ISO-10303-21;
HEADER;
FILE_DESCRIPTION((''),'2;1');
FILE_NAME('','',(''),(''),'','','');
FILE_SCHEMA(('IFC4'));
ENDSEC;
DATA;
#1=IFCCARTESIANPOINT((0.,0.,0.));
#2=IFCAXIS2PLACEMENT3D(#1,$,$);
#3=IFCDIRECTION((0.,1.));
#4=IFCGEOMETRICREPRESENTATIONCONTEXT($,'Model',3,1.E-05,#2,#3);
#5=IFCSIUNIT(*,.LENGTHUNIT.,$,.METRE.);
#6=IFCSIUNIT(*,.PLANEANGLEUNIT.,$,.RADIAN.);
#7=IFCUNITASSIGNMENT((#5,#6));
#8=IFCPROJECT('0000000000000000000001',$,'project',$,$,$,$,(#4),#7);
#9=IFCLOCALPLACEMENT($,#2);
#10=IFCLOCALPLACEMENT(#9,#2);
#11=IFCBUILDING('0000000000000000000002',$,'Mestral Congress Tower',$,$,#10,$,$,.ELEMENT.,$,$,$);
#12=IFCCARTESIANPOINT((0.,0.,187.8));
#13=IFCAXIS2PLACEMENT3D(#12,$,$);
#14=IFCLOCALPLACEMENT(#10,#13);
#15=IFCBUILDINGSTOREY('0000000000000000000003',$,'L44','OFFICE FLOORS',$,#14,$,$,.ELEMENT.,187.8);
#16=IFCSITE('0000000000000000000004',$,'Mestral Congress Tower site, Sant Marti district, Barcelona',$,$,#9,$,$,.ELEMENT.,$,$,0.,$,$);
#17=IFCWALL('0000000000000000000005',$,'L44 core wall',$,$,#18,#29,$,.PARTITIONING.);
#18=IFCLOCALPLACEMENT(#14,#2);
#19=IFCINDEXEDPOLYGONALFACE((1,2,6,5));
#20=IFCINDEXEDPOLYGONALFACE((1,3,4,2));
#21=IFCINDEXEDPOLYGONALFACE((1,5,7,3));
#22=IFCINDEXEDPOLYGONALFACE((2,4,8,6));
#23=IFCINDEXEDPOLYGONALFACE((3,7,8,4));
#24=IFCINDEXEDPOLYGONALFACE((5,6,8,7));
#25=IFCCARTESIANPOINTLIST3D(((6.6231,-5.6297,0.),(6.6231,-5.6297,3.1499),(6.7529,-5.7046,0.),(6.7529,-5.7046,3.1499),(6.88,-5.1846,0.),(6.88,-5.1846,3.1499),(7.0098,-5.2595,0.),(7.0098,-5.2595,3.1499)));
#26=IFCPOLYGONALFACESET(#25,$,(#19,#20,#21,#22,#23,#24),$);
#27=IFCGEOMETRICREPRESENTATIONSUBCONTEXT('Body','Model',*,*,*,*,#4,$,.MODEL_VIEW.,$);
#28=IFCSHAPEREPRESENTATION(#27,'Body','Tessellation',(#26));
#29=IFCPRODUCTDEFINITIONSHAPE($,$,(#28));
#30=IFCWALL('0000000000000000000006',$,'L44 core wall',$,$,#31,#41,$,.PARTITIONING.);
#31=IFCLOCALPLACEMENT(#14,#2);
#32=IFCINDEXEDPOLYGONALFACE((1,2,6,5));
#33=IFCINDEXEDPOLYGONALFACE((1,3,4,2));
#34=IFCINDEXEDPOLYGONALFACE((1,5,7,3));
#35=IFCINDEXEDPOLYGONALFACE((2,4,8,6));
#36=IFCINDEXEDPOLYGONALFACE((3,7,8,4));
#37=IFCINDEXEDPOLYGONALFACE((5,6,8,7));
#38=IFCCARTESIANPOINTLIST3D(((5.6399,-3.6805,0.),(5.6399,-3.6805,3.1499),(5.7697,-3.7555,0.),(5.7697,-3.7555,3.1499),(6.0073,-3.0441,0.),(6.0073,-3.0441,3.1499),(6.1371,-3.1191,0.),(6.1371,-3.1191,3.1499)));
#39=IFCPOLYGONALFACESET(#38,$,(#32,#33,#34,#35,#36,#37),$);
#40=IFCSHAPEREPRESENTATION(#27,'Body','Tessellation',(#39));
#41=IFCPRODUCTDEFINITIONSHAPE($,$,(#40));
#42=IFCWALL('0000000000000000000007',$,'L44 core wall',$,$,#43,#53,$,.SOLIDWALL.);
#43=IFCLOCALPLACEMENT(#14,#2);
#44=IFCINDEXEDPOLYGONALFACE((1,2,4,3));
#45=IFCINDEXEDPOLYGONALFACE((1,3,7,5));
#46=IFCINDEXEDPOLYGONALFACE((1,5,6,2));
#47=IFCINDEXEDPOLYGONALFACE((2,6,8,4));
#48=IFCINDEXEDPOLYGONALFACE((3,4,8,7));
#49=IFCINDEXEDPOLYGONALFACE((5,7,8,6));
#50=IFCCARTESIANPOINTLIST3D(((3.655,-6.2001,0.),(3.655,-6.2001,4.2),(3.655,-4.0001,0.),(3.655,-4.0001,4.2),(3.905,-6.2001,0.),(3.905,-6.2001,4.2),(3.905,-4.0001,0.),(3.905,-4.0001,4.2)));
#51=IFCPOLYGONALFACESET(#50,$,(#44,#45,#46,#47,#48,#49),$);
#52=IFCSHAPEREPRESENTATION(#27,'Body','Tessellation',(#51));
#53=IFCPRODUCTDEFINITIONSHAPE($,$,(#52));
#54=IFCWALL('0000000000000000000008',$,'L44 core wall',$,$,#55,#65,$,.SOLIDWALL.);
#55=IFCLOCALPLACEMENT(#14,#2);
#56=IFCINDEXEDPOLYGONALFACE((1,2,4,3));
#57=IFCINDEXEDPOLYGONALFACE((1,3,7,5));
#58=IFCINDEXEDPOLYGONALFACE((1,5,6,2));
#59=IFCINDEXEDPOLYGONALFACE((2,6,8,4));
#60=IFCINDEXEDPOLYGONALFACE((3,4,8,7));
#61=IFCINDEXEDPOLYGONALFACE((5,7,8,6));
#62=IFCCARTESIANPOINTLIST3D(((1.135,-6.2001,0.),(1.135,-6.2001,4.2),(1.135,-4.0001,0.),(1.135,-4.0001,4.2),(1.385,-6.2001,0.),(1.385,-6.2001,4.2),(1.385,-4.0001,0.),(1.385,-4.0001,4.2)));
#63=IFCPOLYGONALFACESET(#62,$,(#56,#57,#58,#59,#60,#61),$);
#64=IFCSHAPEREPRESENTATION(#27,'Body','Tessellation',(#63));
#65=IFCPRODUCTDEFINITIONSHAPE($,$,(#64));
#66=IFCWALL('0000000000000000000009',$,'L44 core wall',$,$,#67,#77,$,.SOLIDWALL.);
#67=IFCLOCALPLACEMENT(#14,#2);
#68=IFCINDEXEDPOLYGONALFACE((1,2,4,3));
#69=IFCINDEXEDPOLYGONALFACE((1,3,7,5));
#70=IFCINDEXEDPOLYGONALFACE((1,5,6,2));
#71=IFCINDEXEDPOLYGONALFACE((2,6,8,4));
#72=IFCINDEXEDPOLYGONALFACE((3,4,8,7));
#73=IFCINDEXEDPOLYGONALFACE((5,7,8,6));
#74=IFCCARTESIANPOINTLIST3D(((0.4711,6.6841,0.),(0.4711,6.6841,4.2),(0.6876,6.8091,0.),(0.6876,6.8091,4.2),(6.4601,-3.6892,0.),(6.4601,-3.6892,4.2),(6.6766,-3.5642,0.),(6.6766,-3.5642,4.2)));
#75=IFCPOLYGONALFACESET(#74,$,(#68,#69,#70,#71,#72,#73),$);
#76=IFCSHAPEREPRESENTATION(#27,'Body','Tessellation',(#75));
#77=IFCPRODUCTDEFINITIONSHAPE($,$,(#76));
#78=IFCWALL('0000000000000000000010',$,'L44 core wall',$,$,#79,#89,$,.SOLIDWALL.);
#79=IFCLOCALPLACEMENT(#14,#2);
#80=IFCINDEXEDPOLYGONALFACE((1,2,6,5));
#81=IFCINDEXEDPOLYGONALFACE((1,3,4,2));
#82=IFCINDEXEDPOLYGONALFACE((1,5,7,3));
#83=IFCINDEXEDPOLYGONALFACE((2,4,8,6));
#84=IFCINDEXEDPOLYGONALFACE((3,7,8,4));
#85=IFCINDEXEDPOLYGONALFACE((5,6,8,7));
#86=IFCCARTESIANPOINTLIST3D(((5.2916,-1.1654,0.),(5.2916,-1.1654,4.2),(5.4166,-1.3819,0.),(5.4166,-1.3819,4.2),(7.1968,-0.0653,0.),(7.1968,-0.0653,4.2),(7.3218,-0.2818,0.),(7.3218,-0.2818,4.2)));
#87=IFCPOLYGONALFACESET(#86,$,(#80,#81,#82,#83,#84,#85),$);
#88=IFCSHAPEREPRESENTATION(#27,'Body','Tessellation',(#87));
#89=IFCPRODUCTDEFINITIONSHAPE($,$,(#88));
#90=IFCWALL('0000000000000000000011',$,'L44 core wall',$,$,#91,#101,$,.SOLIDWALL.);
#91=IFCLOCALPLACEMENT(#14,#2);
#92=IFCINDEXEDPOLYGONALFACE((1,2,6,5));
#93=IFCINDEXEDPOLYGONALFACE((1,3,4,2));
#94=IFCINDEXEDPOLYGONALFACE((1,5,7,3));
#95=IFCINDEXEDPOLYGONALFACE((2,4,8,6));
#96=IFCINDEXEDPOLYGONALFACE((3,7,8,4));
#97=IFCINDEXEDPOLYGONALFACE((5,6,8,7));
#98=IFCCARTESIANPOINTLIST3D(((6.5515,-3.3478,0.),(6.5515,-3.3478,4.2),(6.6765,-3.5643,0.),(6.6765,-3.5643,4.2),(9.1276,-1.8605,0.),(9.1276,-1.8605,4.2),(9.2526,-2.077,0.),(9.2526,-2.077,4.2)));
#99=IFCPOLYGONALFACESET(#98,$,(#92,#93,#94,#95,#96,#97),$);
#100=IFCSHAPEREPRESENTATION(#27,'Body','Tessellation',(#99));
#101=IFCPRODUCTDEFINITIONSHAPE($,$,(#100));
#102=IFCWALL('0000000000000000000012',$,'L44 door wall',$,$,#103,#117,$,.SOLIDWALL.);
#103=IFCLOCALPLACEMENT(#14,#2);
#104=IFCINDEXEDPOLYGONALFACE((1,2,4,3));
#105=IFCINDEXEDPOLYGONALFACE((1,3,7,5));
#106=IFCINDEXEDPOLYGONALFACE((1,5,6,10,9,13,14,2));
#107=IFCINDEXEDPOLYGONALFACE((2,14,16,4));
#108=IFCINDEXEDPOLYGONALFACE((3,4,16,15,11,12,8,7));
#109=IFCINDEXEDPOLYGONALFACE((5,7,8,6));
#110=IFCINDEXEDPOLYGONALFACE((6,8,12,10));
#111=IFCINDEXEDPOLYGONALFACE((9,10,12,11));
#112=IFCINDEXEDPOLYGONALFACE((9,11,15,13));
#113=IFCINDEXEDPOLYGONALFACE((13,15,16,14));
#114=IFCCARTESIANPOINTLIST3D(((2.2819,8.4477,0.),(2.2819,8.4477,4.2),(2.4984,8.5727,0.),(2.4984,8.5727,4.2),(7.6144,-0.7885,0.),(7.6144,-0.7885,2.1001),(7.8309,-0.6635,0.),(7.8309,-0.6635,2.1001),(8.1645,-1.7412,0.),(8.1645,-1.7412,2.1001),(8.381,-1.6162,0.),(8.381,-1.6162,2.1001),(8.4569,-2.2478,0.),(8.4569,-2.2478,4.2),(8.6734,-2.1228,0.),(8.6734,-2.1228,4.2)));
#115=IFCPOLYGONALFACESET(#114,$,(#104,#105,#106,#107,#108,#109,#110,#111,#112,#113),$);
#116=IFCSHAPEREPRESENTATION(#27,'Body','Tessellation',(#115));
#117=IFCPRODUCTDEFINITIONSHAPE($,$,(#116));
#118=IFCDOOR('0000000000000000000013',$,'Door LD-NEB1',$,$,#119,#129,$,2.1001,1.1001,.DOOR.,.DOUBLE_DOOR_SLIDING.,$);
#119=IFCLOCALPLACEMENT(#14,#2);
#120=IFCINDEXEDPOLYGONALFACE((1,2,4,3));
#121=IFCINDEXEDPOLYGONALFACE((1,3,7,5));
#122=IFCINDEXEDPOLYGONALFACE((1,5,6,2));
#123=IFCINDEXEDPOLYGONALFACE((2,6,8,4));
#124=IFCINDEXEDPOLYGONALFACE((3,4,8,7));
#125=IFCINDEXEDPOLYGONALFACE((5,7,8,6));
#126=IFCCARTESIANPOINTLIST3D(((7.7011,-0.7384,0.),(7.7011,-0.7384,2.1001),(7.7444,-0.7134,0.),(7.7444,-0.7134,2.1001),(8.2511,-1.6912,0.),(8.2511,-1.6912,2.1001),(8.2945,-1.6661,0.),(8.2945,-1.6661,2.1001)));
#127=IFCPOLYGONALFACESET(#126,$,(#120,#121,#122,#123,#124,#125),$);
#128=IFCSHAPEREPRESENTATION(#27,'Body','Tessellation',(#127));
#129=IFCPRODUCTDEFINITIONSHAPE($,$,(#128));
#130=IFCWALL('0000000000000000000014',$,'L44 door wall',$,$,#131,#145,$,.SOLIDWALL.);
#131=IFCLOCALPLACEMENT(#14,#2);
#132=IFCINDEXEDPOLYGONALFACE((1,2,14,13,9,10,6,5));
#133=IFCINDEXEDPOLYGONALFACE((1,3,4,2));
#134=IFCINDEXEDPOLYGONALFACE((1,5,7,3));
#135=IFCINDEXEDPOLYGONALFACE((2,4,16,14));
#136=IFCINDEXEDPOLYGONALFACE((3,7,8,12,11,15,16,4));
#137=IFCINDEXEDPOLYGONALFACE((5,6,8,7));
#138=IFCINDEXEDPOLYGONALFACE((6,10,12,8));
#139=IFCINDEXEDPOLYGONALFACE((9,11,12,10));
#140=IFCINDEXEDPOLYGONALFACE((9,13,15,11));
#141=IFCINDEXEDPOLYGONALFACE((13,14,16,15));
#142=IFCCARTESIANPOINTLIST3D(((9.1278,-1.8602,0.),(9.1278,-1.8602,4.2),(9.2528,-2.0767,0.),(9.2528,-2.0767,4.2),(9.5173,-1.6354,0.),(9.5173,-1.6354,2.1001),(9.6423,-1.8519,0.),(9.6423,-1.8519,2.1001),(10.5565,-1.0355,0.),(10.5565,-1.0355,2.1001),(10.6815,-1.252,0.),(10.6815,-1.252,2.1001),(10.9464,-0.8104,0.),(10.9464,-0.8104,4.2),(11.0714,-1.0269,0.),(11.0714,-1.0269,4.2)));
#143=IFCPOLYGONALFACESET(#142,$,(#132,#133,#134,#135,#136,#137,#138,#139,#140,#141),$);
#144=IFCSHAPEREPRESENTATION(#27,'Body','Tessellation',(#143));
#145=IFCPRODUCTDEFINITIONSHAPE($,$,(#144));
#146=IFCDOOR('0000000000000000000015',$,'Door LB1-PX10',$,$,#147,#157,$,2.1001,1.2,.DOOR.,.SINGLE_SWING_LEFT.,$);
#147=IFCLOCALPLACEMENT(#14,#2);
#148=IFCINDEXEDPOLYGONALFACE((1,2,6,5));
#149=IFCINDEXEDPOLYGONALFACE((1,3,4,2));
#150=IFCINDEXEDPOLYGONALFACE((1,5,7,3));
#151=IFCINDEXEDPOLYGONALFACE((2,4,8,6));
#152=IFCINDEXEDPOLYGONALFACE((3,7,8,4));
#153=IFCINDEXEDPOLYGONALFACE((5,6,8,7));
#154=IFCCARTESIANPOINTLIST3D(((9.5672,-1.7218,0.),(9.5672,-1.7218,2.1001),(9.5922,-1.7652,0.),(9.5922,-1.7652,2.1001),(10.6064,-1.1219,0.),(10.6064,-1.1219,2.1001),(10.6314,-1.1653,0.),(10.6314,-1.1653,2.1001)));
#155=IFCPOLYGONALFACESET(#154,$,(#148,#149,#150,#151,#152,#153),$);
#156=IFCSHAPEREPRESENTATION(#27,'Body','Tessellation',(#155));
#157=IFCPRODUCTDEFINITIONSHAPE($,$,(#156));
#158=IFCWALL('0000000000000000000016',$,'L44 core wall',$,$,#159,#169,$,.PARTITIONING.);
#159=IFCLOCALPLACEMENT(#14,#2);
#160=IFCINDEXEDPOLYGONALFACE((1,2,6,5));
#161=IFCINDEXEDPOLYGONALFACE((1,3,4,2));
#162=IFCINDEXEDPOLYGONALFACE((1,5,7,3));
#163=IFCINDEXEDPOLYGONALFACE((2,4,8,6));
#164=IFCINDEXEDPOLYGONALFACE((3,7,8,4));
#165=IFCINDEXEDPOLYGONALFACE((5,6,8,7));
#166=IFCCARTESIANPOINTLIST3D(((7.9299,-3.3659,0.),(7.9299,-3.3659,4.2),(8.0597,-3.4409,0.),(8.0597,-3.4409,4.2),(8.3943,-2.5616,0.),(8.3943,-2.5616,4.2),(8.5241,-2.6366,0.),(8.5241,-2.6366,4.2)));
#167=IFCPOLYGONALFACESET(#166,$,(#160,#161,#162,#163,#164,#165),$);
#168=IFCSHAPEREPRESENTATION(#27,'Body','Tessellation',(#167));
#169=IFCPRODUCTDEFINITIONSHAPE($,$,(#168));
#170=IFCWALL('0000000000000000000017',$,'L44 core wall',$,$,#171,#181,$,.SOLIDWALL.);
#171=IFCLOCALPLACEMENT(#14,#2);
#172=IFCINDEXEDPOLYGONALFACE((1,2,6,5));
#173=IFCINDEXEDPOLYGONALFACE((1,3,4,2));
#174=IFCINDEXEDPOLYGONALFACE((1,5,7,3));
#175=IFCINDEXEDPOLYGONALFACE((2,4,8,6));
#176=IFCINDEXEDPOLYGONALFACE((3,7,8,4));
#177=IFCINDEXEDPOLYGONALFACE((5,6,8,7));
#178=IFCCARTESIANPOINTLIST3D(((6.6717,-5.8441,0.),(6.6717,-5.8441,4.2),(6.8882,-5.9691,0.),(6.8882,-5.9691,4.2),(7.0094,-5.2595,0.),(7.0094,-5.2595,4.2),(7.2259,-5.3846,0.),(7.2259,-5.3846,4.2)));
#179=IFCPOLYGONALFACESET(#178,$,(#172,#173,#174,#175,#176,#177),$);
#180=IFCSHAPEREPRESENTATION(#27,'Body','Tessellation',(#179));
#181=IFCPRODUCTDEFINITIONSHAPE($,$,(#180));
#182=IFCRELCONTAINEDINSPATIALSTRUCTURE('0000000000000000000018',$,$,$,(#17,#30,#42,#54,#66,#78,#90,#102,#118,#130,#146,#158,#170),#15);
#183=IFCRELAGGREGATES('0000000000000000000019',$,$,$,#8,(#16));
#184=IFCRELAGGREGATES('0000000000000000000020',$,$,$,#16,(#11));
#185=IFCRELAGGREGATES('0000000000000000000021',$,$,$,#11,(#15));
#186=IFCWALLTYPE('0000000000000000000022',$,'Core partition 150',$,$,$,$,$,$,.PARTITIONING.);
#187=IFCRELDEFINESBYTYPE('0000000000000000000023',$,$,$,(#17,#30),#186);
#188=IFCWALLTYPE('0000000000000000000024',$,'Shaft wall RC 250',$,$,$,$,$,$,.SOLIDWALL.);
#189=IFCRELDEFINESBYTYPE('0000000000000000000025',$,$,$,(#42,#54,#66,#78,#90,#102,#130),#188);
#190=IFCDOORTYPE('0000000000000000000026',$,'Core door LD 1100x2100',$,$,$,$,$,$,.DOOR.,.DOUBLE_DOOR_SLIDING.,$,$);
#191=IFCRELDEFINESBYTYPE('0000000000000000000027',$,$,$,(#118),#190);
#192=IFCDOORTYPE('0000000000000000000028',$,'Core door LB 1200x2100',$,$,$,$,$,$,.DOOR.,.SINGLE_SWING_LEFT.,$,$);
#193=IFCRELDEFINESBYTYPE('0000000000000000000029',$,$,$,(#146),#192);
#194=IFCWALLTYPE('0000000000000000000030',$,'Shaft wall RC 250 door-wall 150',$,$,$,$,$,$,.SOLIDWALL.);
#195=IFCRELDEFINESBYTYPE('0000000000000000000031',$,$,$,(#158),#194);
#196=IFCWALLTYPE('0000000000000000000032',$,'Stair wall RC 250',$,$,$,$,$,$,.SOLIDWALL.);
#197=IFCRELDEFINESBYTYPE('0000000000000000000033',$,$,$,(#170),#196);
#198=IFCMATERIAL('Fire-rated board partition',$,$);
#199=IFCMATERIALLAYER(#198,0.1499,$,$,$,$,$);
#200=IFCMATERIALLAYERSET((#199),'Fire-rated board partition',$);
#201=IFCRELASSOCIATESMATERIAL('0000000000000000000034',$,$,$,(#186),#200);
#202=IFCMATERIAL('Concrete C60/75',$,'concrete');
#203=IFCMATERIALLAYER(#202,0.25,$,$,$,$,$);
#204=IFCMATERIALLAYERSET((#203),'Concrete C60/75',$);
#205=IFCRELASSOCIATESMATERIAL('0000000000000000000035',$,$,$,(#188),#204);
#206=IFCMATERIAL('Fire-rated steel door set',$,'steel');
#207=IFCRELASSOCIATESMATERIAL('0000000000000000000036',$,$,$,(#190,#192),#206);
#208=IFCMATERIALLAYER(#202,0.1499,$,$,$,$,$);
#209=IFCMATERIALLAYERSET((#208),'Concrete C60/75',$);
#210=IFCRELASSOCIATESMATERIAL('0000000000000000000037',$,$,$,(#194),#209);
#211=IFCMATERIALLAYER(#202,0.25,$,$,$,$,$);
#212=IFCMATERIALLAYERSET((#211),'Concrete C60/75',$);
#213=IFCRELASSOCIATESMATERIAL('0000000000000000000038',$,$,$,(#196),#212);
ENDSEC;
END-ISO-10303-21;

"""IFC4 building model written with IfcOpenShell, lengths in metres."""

from ifc_helpers import new_model, si_unit, direction, frame, frame_2d, origin, place, context, subcontext, project, spatial, rectangle, extrude, material, layer, layer_set, type_object, element, fill, save


model = new_model("IFC4")

# Units and contexts
model_context = context("Model", 3, precision=1e-05, world=origin(), true_north=direction((0.0, 1.0)))
body_context = subcontext(model_context, "Body", "Model", "MODEL_VIEW")
ifc_project = project(units=[si_unit("LENGTHUNIT", "METRE"), si_unit("PLANEANGLEUNIT", "RADIAN")], contexts=[model_context])

# Site, building, storey
site_placement = place(None, origin())
site = spatial("IfcSite", under=ifc_project, at=site_placement, Name="Mestral Congress Tower site, Sant Marti district, Barcelona", CompositionType="ELEMENT", RefElevation=0.0)
building_placement = place(site_placement, origin())
building = spatial("IfcBuilding", under=site, at=building_placement, Name="Mestral Congress Tower", CompositionType="ELEMENT")
storey_placement = place(building_placement, frame((0.0, 0.0, 187.8)))
storey = spatial("IfcBuildingStorey", under=building, at=storey_placement, Name="L44", Description="OFFICE FLOORS", CompositionType="ELEMENT", Elevation=187.8)

# Walls
ifc_material_1 = material(Name="Fire-rated board partition")
ifc_layer_1 = layer(ifc_material_1, 0.1499)
ifc_layer_set_1 = layer_set([ifc_layer_1], Name="Fire-rated board partition")
wall_type_1 = type_object("IfcWallType", Name="Core partition 150", PredefinedType="PARTITIONING", material=ifc_layer_set_1)
wall_1_placement = place(storey_placement, frame((6.9448, -5.2222, 0.0), z_axis=(0.0, 0.0, 1.0), x_axis=(-0.499818, -0.86613, 0.0)))
element("IfcWall", 1, at=wall_1_placement, inside=storey, type_object=wall_type_1, Name="L44 core wall", PredefinedType="PARTITIONING", context=body_context, shape_type="SweptSolid", body=[
    extrude(rectangle(XDim=0.5139, YDim=0.1499, at=frame_2d((0.2568, 0.0))), origin(), (0.0, 0.0, 1.0), 3.1499),
])
wall_2_placement = place(storey_placement, frame((5.7048, -3.718, 0.0), z_axis=(0.0, 0.0, 1.0), x_axis=(0.499962, 0.866047, 0.0)))
element("IfcWall", 2, at=wall_2_placement, inside=storey, type_object=wall_type_1, Name="L44 core wall", PredefinedType="PARTITIONING", context=body_context, shape_type="SweptSolid", body=[
    extrude(rectangle(XDim=0.7349, YDim=0.1499, at=frame_2d((0.3674, 0.0))), origin(), (0.0, 0.0, 1.0), 3.1499),
])
ifc_material_2 = material(Name="Concrete C60/75", Category="concrete")
ifc_layer_2 = layer(ifc_material_2, 0.25)
ifc_layer_set_2 = layer_set([ifc_layer_2], Name="Concrete C60/75")
wall_type_2 = type_object("IfcWallType", Name="Shaft wall RC 250", PredefinedType="SOLIDWALL", material=ifc_layer_set_2)
for number, where, z_axis, x_axis, name in (
    (3, (3.78, -4.0, 0.0), (0.0, 0.0, 1.0), (0.0, -1.0, 0.0), "L44 core wall"),
    (4, (1.26, -4.0, 0.0), (0.0, 0.0, 1.0), (0.0, -1.0, 0.0), "L44 core wall"),
):
    element("IfcWall", number, at=place(storey_placement, frame(where, z_axis=z_axis, x_axis=x_axis)), inside=storey, type_object=wall_type_2, Name=name, PredefinedType="SOLIDWALL", context=body_context, shape_type="SweptSolid", body=[
        extrude(rectangle(XDim=2.2, YDim=0.25, at=frame_2d((1.1001, 0.0))), origin(), (0.0, 0.0, 1.0), 4.2),
    ])
wall_3_placement = place(storey_placement, frame((6.5684, -3.6267, 0.0), z_axis=(0.0, 0.0, 1.0), x_axis=(-0.499999, 0.866026, 0.0)))
element("IfcWall", 5, at=wall_3_placement, inside=storey, type_object=wall_type_2, Name="L44 core wall", PredefinedType="SOLIDWALL", context=body_context, shape_type="SweptSolid", body=[
    extrude(rectangle(XDim=11.978, YDim=0.25, at=frame_2d((5.989, 0.0))), origin(), (0.0, 0.0, 1.0), 4.2),
])
wall_4_placement = place(storey_placement, frame((5.354, -1.2737, 0.0), z_axis=(0.0, 0.0, 1.0), x_axis=(0.866008, 0.50003, 0.0)))
element("IfcWall", 6, at=wall_4_placement, inside=storey, type_object=wall_type_2, Name="L44 core wall", PredefinedType="SOLIDWALL", context=body_context, shape_type="SweptSolid", body=[
    extrude(rectangle(XDim=2.2, YDim=0.25, at=frame_2d((1.1001, 0.0))), origin(), (0.0, 0.0, 1.0), 4.2),
])
wall_5_placement = place(storey_placement, frame((6.614, -3.4561, 0.0), z_axis=(0.0, 0.0, 1.0), x_axis=(0.866033, 0.499988, 0.0)))
element("IfcWall", 7, at=wall_5_placement, inside=storey, type_object=wall_type_2, Name="L44 core wall", PredefinedType="SOLIDWALL", context=body_context, shape_type="SweptSolid", body=[
    extrude(rectangle(XDim=2.9746, YDim=0.25, at=frame_2d((1.4873, 0.0))), origin(), (0.0, 0.0, 1.0), 4.2),
])

# Walls, openings, doors
wall_6_placement = place(storey_placement, frame((8.5652, -2.1853, 0.0), z_axis=(0.0, 0.0, 1.0), x_axis=(-0.499998, 0.866027, 0.0)))
wall_6 = element("IfcWall", 8, at=wall_6_placement, inside=storey, type_object=wall_type_2, Name="L44 door wall", PredefinedType="SOLIDWALL", context=body_context, shape_type="SweptSolid", body=[
    extrude(rectangle(XDim=12.3501, YDim=0.25, at=frame_2d((6.175, 0.0))), origin(), (0.0, 0.0, 1.0), 4.2),
])
opening_1_placement = place(wall_6_placement, frame((0.585, 0.0, 0.0)))
opening_1 = element("IfcOpeningElement", 9, at=opening_1_placement, cuts=wall_6, PredefinedType="OPENING", context=body_context, shape_type="SweptSolid", body=[
    extrude(rectangle(XDim=1.1001, YDim=2.1001, at=frame_2d((0.55, 1.05))), frame((0.0, 0.135, 0.0), z_axis=(0.0, -1.0, 0.0), x_axis=(1.0, 0.0, 0.0)), (0.0, 0.0, 1.0), 0.27),
])
ifc_material_3 = material(Name="Fire-rated steel door set", Category="steel")
door_type_1 = type_object("IfcDoorType", Name="Core door LD 1100x2100", OperationType="DOUBLE_DOOR_SLIDING", PredefinedType="DOOR", material=ifc_material_3)
door_1_placement = place(opening_1_placement, origin())
door_1 = element("IfcDoor", 10, at=door_1_placement, inside=storey, type_object=door_type_1, Name="Door LD-NEB1", OperationType="DOUBLE_DOOR_SLIDING", OverallHeight=2.1001, OverallWidth=1.1001, PredefinedType="DOOR", context=body_context, shape_type="SweptSolid", body=[
    extrude(rectangle(XDim=1.1001, YDim=2.1001, at=frame_2d((0.55, 1.05))), frame((0.0, 0.0249, 0.0), z_axis=(0.0, -1.0, 0.0), x_axis=(1.0, 0.0, 0.0)), (0.0, 0.0, 1.0), 0.05),
])
fill(opening_1, door_1)
wall_7_placement = place(storey_placement, frame((11.0088, -0.9187, 0.0), z_axis=(0.0, 0.0, 1.0), x_axis=(-0.86606, -0.499941, 0.0)))
wall_7 = element("IfcWall", 11, at=wall_7_placement, inside=storey, type_object=wall_type_2, Name="L44 door wall", PredefinedType="SOLIDWALL", context=body_context, shape_type="SweptSolid", body=[
    extrude(rectangle(XDim=2.0999, YDim=0.25, at=frame_2d((1.0498, 0.0))), origin(), (0.0, 0.0, 1.0), 4.2),
])
opening_2_placement = place(wall_7_placement, frame((0.45, 0.0, 0.0)))
opening_2 = element("IfcOpeningElement", 12, at=opening_2_placement, cuts=wall_7, PredefinedType="OPENING", context=body_context, shape_type="SweptSolid", body=[
    extrude(rectangle(XDim=1.2, YDim=2.1001, at=frame_2d((0.6001, 1.05))), frame((0.0, 0.135, 0.0), z_axis=(0.0, -1.0, 0.0), x_axis=(1.0, 0.0, 0.0)), (0.0, 0.0, 1.0), 0.27),
])
door_type_2 = type_object("IfcDoorType", Name="Core door LB 1200x2100", OperationType="SINGLE_SWING_LEFT", PredefinedType="DOOR", material=ifc_material_3)
door_2_placement = place(opening_2_placement, origin())
door_2 = element("IfcDoor", 13, at=door_2_placement, inside=storey, type_object=door_type_2, Name="Door LB1-PX10", OperationType="SINGLE_SWING_LEFT", OverallHeight=2.1001, OverallWidth=1.2, PredefinedType="DOOR", context=body_context, shape_type="SweptSolid", body=[
    extrude(rectangle(XDim=1.2, YDim=2.1001, at=frame_2d((0.6001, 1.05))), frame((0.0, 0.0249, 0.0), z_axis=(0.0, -1.0, 0.0), x_axis=(1.0, 0.0, 0.0)), (0.0, 0.0, 1.0), 0.05),
])
fill(opening_2, door_2)

# Walls
ifc_layer_3 = layer(ifc_material_2, 0.1499)
ifc_layer_set_3 = layer_set([ifc_layer_3], Name="Concrete C60/75")
wall_type_3 = type_object("IfcWallType", Name="Shaft wall RC 250 door-wall 150", PredefinedType="SOLIDWALL", material=ifc_layer_set_3)
wall_8_placement = place(storey_placement, frame((8.4592, -2.5991, 0.0), z_axis=(0.0, 0.0, 1.0), x_axis=(-0.500041, -0.866002, 0.0)))
element("IfcWall", 14, at=wall_8_placement, inside=storey, type_object=wall_type_3, Name="L44 core wall", PredefinedType="PARTITIONING", context=body_context, shape_type="SweptSolid", body=[
    extrude(rectangle(XDim=0.9287, YDim=0.1499, at=frame_2d((0.4644, 0.0))), origin(), (0.0, 0.0, 1.0), 4.2),
])
ifc_layer_4 = layer(ifc_material_2, 0.25)
ifc_layer_set_4 = layer_set([ifc_layer_4], Name="Concrete C60/75")
wall_type_4 = type_object("IfcWallType", Name="Stair wall RC 250", PredefinedType="SOLIDWALL", material=ifc_layer_set_4)
wall_9_placement = place(storey_placement, frame((6.78, -5.9065, 0.0), z_axis=(0.0, 0.0, 1.0), x_axis=(0.500223, 0.865896, 0.0)))
element("IfcWall", 15, at=wall_9_placement, inside=storey, type_object=wall_type_4, Name="L44 core wall", PredefinedType="SOLIDWALL", context=body_context, shape_type="SweptSolid", body=[
    extrude(rectangle(XDim=0.675, YDim=0.25, at=frame_2d((0.3374, 0.0))), origin(), (0.0, 0.0, 1.0), 4.2),
])

save(model, "model.ifc")
